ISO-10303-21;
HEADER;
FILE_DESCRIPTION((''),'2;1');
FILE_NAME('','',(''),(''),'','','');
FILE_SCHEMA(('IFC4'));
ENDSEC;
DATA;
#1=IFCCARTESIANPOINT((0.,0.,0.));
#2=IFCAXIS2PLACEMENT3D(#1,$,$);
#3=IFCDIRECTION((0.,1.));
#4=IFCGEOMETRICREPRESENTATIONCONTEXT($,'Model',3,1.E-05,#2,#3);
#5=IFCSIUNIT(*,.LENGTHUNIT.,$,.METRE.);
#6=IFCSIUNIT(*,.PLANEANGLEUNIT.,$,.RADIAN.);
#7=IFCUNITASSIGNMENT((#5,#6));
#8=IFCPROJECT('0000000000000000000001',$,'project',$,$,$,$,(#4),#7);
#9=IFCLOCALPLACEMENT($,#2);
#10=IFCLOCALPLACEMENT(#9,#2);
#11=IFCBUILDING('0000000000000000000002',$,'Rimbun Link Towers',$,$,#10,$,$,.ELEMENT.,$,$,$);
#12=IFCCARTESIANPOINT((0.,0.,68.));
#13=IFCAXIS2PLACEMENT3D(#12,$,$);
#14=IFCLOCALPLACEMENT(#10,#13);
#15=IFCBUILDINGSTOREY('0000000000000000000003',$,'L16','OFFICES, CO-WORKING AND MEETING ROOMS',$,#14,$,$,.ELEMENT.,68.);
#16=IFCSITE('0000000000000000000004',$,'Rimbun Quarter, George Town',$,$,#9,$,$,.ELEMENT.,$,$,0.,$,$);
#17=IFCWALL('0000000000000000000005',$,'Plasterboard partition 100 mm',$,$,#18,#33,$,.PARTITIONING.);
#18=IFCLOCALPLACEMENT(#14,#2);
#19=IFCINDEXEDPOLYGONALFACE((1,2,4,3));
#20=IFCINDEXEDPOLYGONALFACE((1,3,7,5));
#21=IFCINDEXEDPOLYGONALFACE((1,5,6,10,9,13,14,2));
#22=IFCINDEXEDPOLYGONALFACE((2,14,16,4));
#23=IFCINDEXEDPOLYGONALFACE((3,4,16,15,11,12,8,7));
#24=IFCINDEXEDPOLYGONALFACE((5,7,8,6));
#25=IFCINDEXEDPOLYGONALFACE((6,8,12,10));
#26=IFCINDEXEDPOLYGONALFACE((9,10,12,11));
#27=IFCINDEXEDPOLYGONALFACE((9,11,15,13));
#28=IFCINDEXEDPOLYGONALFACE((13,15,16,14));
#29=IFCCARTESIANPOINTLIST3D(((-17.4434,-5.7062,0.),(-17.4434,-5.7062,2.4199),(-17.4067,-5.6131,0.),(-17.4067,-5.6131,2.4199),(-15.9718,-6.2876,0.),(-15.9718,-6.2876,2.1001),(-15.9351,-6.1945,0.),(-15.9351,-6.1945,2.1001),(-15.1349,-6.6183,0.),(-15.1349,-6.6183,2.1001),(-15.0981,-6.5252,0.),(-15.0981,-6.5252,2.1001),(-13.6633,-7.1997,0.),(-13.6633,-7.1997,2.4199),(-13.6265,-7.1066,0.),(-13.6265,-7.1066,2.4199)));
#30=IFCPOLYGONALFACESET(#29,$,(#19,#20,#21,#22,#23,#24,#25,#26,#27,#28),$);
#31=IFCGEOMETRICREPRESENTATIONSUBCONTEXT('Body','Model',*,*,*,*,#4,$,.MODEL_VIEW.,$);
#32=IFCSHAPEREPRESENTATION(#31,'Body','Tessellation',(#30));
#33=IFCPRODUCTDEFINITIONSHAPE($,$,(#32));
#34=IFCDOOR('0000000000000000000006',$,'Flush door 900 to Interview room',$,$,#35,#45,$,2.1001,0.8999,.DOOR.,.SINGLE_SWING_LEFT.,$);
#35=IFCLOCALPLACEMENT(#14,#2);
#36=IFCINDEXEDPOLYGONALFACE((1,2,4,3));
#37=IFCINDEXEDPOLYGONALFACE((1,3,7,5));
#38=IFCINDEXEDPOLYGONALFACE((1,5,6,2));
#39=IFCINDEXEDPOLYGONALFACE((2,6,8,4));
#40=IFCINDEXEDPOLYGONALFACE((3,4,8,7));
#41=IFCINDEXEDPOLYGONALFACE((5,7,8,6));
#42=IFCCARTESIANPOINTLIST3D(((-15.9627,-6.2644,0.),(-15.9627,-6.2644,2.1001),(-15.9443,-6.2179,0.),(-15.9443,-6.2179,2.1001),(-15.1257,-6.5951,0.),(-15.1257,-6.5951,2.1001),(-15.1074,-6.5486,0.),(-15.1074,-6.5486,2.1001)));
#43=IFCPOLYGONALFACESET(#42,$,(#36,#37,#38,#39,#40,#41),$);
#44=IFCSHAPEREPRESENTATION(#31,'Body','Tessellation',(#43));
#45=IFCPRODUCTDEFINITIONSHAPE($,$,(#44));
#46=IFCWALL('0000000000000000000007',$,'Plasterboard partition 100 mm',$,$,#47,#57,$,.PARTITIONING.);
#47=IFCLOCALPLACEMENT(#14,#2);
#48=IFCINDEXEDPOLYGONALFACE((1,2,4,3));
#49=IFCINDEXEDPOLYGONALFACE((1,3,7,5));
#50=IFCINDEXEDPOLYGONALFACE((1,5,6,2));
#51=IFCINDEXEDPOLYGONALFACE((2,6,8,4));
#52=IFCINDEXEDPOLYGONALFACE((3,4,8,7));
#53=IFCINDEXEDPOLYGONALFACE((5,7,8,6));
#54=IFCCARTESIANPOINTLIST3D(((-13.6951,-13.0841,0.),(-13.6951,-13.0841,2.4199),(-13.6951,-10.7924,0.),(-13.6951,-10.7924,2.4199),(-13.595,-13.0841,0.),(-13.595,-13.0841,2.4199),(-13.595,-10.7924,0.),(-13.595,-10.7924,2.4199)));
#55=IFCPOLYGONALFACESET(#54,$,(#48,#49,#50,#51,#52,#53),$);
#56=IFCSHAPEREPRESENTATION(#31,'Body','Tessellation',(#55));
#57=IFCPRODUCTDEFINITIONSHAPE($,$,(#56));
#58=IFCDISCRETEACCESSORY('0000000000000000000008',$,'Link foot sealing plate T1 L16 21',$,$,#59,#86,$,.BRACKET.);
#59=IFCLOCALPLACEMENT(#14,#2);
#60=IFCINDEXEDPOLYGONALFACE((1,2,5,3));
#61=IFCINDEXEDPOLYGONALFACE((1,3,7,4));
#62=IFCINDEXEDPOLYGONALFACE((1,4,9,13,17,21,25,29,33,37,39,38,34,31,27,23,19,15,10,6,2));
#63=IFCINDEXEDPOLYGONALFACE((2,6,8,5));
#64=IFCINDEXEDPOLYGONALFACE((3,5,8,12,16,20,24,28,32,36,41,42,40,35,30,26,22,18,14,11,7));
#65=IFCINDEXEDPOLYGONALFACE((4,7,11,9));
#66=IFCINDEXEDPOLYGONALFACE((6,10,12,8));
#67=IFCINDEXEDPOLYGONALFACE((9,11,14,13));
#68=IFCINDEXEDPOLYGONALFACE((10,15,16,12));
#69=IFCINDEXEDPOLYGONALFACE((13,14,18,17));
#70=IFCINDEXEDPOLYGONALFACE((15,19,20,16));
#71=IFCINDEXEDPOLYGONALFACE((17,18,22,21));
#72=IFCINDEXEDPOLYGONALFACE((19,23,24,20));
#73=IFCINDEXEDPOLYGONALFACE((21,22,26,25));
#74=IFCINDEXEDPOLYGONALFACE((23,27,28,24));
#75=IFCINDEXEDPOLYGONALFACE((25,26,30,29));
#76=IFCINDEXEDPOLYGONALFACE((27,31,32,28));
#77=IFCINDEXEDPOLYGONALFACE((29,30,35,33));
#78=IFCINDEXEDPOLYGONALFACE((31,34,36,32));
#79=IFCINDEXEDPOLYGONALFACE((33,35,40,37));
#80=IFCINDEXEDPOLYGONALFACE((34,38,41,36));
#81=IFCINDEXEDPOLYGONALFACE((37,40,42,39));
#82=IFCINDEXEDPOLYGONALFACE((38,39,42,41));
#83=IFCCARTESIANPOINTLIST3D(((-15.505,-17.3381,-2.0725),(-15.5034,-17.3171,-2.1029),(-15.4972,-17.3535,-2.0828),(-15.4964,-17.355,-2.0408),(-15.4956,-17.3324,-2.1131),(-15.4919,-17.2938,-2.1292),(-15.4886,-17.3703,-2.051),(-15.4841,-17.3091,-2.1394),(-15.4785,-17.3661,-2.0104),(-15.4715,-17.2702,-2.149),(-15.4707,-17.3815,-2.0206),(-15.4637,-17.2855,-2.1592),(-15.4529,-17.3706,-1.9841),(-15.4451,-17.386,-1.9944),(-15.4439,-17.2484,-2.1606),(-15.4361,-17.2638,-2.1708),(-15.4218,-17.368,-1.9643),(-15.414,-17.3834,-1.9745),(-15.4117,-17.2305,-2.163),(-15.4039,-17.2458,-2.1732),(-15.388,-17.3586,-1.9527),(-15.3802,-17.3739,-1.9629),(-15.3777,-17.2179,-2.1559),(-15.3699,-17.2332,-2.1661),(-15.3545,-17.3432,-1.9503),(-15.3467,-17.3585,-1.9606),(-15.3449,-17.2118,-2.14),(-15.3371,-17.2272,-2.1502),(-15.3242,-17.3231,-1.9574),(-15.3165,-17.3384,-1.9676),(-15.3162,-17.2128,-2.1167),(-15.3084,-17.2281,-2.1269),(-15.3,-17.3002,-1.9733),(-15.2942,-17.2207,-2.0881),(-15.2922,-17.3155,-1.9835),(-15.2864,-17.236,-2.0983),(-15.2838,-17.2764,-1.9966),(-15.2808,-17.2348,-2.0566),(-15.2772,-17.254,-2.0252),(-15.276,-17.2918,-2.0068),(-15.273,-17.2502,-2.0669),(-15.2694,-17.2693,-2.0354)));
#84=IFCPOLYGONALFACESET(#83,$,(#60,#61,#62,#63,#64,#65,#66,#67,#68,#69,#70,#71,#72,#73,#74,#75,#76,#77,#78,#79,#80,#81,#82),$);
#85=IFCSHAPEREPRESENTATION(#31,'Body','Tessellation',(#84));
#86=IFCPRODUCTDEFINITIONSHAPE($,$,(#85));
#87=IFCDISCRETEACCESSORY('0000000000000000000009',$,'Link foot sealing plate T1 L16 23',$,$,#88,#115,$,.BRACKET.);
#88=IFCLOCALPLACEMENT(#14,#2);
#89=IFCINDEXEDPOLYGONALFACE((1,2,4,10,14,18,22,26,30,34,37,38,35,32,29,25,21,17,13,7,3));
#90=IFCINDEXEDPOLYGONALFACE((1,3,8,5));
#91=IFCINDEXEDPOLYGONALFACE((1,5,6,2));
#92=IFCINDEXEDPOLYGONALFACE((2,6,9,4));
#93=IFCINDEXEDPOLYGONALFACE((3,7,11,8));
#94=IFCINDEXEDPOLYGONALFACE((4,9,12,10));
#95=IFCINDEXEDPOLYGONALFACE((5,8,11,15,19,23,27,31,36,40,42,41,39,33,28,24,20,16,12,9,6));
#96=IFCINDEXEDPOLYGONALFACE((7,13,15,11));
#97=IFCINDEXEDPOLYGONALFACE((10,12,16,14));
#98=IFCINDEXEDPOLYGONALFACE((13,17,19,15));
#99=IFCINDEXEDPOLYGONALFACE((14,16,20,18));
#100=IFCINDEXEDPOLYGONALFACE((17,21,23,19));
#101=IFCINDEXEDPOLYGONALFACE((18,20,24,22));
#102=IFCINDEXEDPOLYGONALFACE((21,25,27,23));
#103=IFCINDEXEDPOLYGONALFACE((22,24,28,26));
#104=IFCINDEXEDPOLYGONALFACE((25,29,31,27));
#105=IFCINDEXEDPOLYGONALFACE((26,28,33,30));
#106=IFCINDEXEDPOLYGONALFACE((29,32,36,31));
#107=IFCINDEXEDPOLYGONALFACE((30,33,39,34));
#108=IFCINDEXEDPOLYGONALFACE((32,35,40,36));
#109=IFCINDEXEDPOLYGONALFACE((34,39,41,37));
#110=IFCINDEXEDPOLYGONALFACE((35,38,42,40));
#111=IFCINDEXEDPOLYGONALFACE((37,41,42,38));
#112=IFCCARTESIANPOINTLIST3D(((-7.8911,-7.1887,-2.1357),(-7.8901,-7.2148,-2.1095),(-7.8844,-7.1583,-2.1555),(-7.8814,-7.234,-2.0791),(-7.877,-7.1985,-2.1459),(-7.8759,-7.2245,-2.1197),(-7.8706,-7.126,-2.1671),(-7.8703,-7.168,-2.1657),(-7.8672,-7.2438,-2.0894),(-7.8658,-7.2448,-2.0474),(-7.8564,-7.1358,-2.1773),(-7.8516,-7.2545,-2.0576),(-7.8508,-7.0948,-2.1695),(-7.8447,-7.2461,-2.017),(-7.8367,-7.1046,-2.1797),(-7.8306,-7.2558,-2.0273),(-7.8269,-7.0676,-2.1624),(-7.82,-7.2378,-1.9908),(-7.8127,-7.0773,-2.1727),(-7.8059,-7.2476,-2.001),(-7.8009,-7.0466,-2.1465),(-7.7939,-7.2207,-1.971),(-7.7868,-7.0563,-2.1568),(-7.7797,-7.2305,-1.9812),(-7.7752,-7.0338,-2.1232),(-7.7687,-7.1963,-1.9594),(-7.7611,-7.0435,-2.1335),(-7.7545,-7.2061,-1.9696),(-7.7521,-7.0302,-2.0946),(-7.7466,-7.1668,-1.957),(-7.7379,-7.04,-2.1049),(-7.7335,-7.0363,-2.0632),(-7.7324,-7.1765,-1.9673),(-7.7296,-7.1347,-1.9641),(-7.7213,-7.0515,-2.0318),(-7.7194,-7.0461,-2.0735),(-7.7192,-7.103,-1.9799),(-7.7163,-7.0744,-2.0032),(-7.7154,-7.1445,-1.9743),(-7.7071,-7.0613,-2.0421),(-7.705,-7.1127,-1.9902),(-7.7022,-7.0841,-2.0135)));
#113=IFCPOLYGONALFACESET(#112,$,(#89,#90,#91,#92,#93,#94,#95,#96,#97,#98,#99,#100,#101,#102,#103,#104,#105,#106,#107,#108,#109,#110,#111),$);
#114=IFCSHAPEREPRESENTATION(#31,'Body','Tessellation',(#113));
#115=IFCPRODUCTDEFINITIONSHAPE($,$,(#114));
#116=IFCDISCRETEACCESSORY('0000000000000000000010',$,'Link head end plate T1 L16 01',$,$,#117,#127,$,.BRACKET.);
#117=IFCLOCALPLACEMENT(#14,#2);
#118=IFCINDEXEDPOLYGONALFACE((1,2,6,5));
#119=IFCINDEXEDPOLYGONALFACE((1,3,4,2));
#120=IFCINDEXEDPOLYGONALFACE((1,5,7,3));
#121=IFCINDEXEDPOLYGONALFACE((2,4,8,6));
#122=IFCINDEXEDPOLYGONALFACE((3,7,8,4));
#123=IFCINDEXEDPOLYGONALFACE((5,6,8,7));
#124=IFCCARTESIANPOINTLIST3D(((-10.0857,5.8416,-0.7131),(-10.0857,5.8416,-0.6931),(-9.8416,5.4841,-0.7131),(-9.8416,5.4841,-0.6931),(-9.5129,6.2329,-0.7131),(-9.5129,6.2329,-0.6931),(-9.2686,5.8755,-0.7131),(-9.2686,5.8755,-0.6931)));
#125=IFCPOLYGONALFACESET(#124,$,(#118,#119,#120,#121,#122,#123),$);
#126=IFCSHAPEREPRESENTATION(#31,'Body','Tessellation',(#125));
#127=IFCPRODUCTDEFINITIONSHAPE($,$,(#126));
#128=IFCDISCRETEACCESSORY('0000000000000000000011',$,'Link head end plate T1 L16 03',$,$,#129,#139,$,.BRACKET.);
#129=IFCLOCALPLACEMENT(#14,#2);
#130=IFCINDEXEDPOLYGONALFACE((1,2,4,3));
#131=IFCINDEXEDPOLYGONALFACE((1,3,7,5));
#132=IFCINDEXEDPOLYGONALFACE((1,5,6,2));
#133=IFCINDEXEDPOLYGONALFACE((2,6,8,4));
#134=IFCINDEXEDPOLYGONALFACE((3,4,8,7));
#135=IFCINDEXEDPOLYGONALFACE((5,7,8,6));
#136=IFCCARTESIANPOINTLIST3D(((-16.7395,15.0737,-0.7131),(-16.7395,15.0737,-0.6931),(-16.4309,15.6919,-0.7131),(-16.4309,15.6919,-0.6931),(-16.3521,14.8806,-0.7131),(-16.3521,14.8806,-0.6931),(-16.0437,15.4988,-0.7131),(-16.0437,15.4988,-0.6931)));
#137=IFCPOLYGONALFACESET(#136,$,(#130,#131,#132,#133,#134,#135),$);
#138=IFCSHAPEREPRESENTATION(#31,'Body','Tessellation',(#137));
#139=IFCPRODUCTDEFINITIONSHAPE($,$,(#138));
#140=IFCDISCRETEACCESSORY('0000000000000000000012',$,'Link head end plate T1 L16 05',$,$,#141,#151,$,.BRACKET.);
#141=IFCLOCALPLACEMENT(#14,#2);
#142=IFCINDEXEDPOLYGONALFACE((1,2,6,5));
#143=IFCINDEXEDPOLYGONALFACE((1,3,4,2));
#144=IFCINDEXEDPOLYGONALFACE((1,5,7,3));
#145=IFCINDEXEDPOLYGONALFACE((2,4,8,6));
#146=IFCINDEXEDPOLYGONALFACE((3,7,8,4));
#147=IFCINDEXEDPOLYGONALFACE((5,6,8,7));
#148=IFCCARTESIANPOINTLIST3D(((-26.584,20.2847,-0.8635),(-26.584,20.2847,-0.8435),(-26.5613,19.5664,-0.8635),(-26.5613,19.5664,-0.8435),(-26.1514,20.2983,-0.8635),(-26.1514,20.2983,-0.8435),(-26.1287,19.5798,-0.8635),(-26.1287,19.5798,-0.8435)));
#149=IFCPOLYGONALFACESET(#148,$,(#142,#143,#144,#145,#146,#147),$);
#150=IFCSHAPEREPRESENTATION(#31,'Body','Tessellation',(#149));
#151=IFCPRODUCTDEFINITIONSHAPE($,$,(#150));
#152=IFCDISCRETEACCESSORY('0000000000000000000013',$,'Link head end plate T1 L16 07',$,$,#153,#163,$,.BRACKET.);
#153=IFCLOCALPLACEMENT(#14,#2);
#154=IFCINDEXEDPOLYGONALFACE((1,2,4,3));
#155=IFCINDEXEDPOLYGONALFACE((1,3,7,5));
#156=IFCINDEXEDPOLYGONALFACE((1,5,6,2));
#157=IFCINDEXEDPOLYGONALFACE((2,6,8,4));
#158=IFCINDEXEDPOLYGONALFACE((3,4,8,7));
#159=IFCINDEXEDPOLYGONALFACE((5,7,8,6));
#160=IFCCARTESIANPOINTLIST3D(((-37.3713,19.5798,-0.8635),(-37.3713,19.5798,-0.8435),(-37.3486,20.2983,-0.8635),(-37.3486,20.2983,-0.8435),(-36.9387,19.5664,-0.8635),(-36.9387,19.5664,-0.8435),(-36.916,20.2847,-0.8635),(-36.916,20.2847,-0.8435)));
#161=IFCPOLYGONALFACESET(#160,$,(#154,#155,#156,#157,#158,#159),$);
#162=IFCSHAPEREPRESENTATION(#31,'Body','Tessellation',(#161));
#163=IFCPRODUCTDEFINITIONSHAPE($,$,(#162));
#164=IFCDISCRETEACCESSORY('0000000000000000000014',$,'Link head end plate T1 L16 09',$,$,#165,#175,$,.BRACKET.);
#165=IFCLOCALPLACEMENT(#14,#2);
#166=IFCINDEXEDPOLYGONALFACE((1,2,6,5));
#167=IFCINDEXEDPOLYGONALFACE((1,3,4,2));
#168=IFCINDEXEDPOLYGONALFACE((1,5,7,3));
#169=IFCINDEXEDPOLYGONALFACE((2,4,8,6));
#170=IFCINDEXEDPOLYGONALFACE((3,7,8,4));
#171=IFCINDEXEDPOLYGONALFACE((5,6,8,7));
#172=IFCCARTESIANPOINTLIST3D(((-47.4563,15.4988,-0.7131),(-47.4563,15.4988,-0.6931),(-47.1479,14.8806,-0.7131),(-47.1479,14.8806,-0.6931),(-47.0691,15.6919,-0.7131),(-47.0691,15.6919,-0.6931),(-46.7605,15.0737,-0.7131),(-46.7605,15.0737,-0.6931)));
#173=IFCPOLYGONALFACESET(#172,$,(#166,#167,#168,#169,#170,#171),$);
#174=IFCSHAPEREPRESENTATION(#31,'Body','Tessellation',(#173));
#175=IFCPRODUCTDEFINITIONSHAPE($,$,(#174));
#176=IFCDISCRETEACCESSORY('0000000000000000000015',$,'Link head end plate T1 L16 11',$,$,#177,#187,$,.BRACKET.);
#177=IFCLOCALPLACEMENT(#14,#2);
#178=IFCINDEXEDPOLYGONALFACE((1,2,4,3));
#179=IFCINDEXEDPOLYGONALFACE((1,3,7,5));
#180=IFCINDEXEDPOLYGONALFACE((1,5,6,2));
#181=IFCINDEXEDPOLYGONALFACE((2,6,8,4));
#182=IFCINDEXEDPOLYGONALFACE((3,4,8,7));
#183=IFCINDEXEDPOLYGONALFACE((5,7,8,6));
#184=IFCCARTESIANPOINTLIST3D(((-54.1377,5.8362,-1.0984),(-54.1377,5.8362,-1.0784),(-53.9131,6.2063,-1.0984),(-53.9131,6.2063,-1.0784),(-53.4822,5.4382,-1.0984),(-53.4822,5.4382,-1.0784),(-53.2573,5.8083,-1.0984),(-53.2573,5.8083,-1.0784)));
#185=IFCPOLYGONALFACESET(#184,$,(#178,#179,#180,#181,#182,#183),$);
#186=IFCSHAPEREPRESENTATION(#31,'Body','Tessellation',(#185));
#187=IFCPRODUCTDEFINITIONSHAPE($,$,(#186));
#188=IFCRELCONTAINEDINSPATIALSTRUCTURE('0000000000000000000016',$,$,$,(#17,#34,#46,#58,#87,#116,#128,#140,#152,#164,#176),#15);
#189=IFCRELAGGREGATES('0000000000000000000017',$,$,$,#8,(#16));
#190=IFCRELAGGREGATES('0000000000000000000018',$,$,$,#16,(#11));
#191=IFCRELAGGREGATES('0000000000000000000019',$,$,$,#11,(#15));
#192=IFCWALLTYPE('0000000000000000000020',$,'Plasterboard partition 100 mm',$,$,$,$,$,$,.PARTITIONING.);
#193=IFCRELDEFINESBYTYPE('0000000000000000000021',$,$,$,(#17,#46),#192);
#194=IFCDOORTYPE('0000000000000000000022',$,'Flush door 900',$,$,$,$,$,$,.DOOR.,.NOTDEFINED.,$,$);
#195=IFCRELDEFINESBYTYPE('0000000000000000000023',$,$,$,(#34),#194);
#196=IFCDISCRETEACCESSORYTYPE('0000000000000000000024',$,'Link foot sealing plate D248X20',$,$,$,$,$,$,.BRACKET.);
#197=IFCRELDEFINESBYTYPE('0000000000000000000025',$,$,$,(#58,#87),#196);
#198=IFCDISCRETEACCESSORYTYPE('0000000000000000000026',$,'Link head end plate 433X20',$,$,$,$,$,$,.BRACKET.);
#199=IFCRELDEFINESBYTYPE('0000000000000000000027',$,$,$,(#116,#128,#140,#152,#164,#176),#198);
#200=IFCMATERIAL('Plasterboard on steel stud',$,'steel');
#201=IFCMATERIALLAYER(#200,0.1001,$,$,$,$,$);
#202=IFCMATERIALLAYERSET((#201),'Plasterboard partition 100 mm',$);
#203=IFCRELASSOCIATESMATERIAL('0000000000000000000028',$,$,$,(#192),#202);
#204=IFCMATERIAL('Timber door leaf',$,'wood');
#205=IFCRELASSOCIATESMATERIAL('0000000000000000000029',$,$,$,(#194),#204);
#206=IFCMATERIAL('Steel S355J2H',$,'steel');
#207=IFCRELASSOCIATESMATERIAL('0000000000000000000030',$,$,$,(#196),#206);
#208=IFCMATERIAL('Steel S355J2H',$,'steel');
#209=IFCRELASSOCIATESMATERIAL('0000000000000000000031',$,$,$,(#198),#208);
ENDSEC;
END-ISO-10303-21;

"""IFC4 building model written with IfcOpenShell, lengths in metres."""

from ifc_helpers import new_model, si_unit, direction, frame, frame_2d, origin, origin_2d, place, context, subcontext, project, spatial, polyline, rectangle, circle, outline, extrude, material, layer, layer_set, material_profile, profile_set, type_object, element, fill, save


model = new_model("IFC4")

# Units and contexts
model_context = context("Model", 3, precision=1e-05, world=origin(), true_north=direction((0.0, 1.0)))
body_context = subcontext(model_context, "Body", "Model", "MODEL_VIEW")
ifc_project = project(units=[si_unit("LENGTHUNIT", "METRE"), si_unit("PLANEANGLEUNIT", "RADIAN")], contexts=[model_context])

# Site, building, storey
site_placement = place(None, origin())
site = spatial("IfcSite", under=ifc_project, at=site_placement, Name="Rimbun Quarter, George Town", CompositionType="ELEMENT", RefElevation=0.0)
building_placement = place(site_placement, origin())
building = spatial("IfcBuilding", under=site, at=building_placement, Name="Rimbun Link Towers", CompositionType="ELEMENT")
storey_placement = place(building_placement, frame((0.0, 0.0, 68.0)))
storey = spatial("IfcBuildingStorey", under=building, at=storey_placement, Name="L16", Description="OFFICES, CO-WORKING AND MEETING ROOMS", CompositionType="ELEMENT", Elevation=68.0)

# Wall, opening, door
ifc_material_1 = material(Name="Plasterboard on steel stud", Category="steel")
ifc_layer_1 = layer(ifc_material_1, 0.1001)
ifc_layer_set_1 = layer_set([ifc_layer_1], Name="Plasterboard partition 100 mm")
wall_type = type_object("IfcWallType", Name="Plasterboard partition 100 mm", PredefinedType="PARTITIONING", material=ifc_layer_set_1)
wall_1_placement = place(storey_placement, frame((-17.425, -5.6597, 0.0), z_axis=(0.0, 0.0, 1.0), x_axis=(0.930047, -0.367441, 0.0)))
wall_1 = element("IfcWall", 1, at=wall_1_placement, inside=storey, type_object=wall_type, Name="Plasterboard partition 100 mm", PredefinedType="PARTITIONING", context=body_context, shape_type="SweptSolid", body=[
    extrude(rectangle(XDim=4.0645, YDim=0.1001, at=frame_2d((2.0322, 0.0))), origin(), (0.0, 0.0, 1.0), 2.4199),
])
opening_placement = place(wall_1_placement, frame((1.5823, 0.0, 0.0)))
opening = element("IfcOpeningElement", 2, at=opening_placement, cuts=wall_1, PredefinedType="OPENING", context=body_context, shape_type="SweptSolid", body=[
    extrude(rectangle(XDim=0.8999, YDim=2.1001, at=frame_2d((0.45, 1.05))), frame((0.0, 0.0601, 0.0), z_axis=(0.0, -1.0, 0.0), x_axis=(1.0, 0.0, 0.0)), (0.0, 0.0, 1.0), 0.1201),
])
ifc_material_2 = material(Name="Timber door leaf", Category="wood")
door_type = type_object("IfcDoorType", Name="Flush door 900", OperationType="NOTDEFINED", PredefinedType="DOOR", material=ifc_material_2)
door_placement = place(opening_placement, origin())
door = element("IfcDoor", 3, at=door_placement, inside=storey, type_object=door_type, Name="Flush door 900 to Interview room", OperationType="SINGLE_SWING_LEFT", OverallHeight=2.1001, OverallWidth=0.8999, PredefinedType="DOOR", context=body_context, shape_type="SweptSolid", body=[
    extrude(rectangle(XDim=0.8999, YDim=2.1001, at=frame_2d((0.45, 1.05))), frame((0.0, 0.0249, 0.0), z_axis=(0.0, -1.0, 0.0), x_axis=(1.0, 0.0, 0.0)), (0.0, 0.0, 1.0), 0.05),
])
fill(opening, door)

# Wall
wall_2_placement = place(storey_placement, frame((-13.645, -13.0842, 0.0), z_axis=(0.0, 0.0, 1.0), x_axis=(0.0, 1.0, 0.0)))
element("IfcWall", 4, at=wall_2_placement, inside=storey, type_object=wall_type, Name="Plasterboard partition 100 mm", PredefinedType="PARTITIONING", context=body_context, shape_type="SweptSolid", body=[
    extrude(rectangle(XDim=2.2917, YDim=0.1001, at=frame_2d((1.146, 0.0))), origin(), (0.0, 0.0, 1.0), 2.4199),
])

# Discrete accessories
ifc_material_3 = material(Name="Steel S355J2H", Category="steel")
ifc_material_profile_1 = material_profile(ifc_material_3, circle(Radius=0.124, at=origin_2d()), Name="PL D248")
ifc_profile_set_1 = profile_set([ifc_material_profile_1], Name="Steel S355J2H")
discrete_accessory_type_1 = type_object("IfcDiscreteAccessoryType", Name="Link foot sealing plate D248X20", PredefinedType="BRACKET", material=ifc_profile_set_1)
for number, where, z_axis, x_axis, name in (
    (5, (-15.3914, -17.291, -2.0566), (0.38929, -0.766414, -0.510943), (0.891579, 0.452865, 0.0), "Link foot sealing plate T1 L16 21"),
    (6, (-7.804, -7.1384, -2.0632), (0.707107, -0.48766, -0.512043), (0.567733, 0.823213, 0.0), "Link foot sealing plate T1 L16 23"),
):
    element("IfcDiscreteAccessory", number, at=place(storey_placement, frame(where, z_axis=z_axis, x_axis=x_axis)), inside=storey, type_object=discrete_accessory_type_1, Name=name, PredefinedType="BRACKET", context=body_context, shape_type="SweptSolid", body=[
        extrude(circle(Radius=0.124, at=origin_2d()), origin(), (0.0, 0.0, 1.0), 0.02),
    ])
ifc_material_4 = material(Name="Steel S355J2H", Category="steel")
ifc_material_profile_2 = material_profile(ifc_material_4, rectangle(XDim=0.4331, YDim=0.4331, at=origin_2d()), Name="PL 433x433")
ifc_profile_set_2 = profile_set([ifc_material_profile_2], Name="Steel S355J2H")
discrete_accessory_type_2 = type_object("IfcDiscreteAccessoryType", Name="Link head end plate 433X20", PredefinedType="BRACKET", material=ifc_profile_set_2)
discrete_accessory_1_placement = place(storey_placement, frame((0.0, 0.0, -0.7131)))
element("IfcDiscreteAccessory", 7, at=discrete_accessory_1_placement, inside=storey, type_object=discrete_accessory_type_2, Name="Link head end plate T1 L16 01", PredefinedType="BRACKET", context=body_context, shape_type="SweptSolid", body=[
    extrude(outline(polyline([(-9.8416, 5.4841), (-9.2686, 5.8755), (-9.5129, 6.2329), (-10.0857, 5.8416), (-9.8416, 5.4841)])), origin(), (0.0, 0.0, 1.0), 0.02),
])
discrete_accessory_2_placement = place(storey_placement, frame((0.0, 0.0, -0.7131)))
element("IfcDiscreteAccessory", 8, at=discrete_accessory_2_placement, inside=storey, type_object=discrete_accessory_type_2, Name="Link head end plate T1 L16 03", PredefinedType="BRACKET", context=body_context, shape_type="SweptSolid", body=[
    extrude(outline(polyline([(-16.3521, 14.8806), (-16.0437, 15.4988), (-16.4309, 15.6919), (-16.7395, 15.0737), (-16.3521, 14.8806)])), origin(), (0.0, 0.0, 1.0), 0.02),
])
discrete_accessory_3_placement = place(storey_placement, frame((0.0, 0.0, -0.8635)))
element("IfcDiscreteAccessory", 9, at=discrete_accessory_3_placement, inside=storey, type_object=discrete_accessory_type_2, Name="Link head end plate T1 L16 05", PredefinedType="BRACKET", context=body_context, shape_type="SweptSolid", body=[
    extrude(outline(polyline([(-26.1287, 19.5798), (-26.1514, 20.2983), (-26.584, 20.2847), (-26.5613, 19.5664), (-26.1287, 19.5798)])), origin(), (0.0, 0.0, 1.0), 0.02),
])
discrete_accessory_4_placement = place(storey_placement, frame((0.0, 0.0, -0.8635)))
element("IfcDiscreteAccessory", 10, at=discrete_accessory_4_placement, inside=storey, type_object=discrete_accessory_type_2, Name="Link head end plate T1 L16 07", PredefinedType="BRACKET", context=body_context, shape_type="SweptSolid", body=[
    extrude(outline(polyline([(-36.9387, 19.5664), (-36.916, 20.2847), (-37.3486, 20.2983), (-37.3713, 19.5798), (-36.9387, 19.5664)])), origin(), (0.0, 0.0, 1.0), 0.02),
])
discrete_accessory_5_placement = place(storey_placement, frame((0.0, 0.0, -0.7131)))
element("IfcDiscreteAccessory", 11, at=discrete_accessory_5_placement, inside=storey, type_object=discrete_accessory_type_2, Name="Link head end plate T1 L16 09", PredefinedType="BRACKET", context=body_context, shape_type="SweptSolid", body=[
    extrude(outline(polyline([(-46.7605, 15.0737), (-47.0691, 15.6919), (-47.4563, 15.4988), (-47.1479, 14.8806), (-46.7605, 15.0737)])), origin(), (0.0, 0.0, 1.0), 0.02),
])
discrete_accessory_6_placement = place(storey_placement, frame((0.0, 0.0, -1.0984)))
element("IfcDiscreteAccessory", 12, at=discrete_accessory_6_placement, inside=storey, type_object=discrete_accessory_type_2, Name="Link head end plate T1 L16 11", PredefinedType="BRACKET", context=body_context, shape_type="SweptSolid", body=[
    extrude(outline(polyline([(-53.2573, 5.8083), (-53.9131, 6.2063), (-54.1377, 5.8362), (-53.4822, 5.4382), (-53.2573, 5.8083)])), origin(), (0.0, 0.0, 1.0), 0.02),
])

save(model, "model.ifc")
